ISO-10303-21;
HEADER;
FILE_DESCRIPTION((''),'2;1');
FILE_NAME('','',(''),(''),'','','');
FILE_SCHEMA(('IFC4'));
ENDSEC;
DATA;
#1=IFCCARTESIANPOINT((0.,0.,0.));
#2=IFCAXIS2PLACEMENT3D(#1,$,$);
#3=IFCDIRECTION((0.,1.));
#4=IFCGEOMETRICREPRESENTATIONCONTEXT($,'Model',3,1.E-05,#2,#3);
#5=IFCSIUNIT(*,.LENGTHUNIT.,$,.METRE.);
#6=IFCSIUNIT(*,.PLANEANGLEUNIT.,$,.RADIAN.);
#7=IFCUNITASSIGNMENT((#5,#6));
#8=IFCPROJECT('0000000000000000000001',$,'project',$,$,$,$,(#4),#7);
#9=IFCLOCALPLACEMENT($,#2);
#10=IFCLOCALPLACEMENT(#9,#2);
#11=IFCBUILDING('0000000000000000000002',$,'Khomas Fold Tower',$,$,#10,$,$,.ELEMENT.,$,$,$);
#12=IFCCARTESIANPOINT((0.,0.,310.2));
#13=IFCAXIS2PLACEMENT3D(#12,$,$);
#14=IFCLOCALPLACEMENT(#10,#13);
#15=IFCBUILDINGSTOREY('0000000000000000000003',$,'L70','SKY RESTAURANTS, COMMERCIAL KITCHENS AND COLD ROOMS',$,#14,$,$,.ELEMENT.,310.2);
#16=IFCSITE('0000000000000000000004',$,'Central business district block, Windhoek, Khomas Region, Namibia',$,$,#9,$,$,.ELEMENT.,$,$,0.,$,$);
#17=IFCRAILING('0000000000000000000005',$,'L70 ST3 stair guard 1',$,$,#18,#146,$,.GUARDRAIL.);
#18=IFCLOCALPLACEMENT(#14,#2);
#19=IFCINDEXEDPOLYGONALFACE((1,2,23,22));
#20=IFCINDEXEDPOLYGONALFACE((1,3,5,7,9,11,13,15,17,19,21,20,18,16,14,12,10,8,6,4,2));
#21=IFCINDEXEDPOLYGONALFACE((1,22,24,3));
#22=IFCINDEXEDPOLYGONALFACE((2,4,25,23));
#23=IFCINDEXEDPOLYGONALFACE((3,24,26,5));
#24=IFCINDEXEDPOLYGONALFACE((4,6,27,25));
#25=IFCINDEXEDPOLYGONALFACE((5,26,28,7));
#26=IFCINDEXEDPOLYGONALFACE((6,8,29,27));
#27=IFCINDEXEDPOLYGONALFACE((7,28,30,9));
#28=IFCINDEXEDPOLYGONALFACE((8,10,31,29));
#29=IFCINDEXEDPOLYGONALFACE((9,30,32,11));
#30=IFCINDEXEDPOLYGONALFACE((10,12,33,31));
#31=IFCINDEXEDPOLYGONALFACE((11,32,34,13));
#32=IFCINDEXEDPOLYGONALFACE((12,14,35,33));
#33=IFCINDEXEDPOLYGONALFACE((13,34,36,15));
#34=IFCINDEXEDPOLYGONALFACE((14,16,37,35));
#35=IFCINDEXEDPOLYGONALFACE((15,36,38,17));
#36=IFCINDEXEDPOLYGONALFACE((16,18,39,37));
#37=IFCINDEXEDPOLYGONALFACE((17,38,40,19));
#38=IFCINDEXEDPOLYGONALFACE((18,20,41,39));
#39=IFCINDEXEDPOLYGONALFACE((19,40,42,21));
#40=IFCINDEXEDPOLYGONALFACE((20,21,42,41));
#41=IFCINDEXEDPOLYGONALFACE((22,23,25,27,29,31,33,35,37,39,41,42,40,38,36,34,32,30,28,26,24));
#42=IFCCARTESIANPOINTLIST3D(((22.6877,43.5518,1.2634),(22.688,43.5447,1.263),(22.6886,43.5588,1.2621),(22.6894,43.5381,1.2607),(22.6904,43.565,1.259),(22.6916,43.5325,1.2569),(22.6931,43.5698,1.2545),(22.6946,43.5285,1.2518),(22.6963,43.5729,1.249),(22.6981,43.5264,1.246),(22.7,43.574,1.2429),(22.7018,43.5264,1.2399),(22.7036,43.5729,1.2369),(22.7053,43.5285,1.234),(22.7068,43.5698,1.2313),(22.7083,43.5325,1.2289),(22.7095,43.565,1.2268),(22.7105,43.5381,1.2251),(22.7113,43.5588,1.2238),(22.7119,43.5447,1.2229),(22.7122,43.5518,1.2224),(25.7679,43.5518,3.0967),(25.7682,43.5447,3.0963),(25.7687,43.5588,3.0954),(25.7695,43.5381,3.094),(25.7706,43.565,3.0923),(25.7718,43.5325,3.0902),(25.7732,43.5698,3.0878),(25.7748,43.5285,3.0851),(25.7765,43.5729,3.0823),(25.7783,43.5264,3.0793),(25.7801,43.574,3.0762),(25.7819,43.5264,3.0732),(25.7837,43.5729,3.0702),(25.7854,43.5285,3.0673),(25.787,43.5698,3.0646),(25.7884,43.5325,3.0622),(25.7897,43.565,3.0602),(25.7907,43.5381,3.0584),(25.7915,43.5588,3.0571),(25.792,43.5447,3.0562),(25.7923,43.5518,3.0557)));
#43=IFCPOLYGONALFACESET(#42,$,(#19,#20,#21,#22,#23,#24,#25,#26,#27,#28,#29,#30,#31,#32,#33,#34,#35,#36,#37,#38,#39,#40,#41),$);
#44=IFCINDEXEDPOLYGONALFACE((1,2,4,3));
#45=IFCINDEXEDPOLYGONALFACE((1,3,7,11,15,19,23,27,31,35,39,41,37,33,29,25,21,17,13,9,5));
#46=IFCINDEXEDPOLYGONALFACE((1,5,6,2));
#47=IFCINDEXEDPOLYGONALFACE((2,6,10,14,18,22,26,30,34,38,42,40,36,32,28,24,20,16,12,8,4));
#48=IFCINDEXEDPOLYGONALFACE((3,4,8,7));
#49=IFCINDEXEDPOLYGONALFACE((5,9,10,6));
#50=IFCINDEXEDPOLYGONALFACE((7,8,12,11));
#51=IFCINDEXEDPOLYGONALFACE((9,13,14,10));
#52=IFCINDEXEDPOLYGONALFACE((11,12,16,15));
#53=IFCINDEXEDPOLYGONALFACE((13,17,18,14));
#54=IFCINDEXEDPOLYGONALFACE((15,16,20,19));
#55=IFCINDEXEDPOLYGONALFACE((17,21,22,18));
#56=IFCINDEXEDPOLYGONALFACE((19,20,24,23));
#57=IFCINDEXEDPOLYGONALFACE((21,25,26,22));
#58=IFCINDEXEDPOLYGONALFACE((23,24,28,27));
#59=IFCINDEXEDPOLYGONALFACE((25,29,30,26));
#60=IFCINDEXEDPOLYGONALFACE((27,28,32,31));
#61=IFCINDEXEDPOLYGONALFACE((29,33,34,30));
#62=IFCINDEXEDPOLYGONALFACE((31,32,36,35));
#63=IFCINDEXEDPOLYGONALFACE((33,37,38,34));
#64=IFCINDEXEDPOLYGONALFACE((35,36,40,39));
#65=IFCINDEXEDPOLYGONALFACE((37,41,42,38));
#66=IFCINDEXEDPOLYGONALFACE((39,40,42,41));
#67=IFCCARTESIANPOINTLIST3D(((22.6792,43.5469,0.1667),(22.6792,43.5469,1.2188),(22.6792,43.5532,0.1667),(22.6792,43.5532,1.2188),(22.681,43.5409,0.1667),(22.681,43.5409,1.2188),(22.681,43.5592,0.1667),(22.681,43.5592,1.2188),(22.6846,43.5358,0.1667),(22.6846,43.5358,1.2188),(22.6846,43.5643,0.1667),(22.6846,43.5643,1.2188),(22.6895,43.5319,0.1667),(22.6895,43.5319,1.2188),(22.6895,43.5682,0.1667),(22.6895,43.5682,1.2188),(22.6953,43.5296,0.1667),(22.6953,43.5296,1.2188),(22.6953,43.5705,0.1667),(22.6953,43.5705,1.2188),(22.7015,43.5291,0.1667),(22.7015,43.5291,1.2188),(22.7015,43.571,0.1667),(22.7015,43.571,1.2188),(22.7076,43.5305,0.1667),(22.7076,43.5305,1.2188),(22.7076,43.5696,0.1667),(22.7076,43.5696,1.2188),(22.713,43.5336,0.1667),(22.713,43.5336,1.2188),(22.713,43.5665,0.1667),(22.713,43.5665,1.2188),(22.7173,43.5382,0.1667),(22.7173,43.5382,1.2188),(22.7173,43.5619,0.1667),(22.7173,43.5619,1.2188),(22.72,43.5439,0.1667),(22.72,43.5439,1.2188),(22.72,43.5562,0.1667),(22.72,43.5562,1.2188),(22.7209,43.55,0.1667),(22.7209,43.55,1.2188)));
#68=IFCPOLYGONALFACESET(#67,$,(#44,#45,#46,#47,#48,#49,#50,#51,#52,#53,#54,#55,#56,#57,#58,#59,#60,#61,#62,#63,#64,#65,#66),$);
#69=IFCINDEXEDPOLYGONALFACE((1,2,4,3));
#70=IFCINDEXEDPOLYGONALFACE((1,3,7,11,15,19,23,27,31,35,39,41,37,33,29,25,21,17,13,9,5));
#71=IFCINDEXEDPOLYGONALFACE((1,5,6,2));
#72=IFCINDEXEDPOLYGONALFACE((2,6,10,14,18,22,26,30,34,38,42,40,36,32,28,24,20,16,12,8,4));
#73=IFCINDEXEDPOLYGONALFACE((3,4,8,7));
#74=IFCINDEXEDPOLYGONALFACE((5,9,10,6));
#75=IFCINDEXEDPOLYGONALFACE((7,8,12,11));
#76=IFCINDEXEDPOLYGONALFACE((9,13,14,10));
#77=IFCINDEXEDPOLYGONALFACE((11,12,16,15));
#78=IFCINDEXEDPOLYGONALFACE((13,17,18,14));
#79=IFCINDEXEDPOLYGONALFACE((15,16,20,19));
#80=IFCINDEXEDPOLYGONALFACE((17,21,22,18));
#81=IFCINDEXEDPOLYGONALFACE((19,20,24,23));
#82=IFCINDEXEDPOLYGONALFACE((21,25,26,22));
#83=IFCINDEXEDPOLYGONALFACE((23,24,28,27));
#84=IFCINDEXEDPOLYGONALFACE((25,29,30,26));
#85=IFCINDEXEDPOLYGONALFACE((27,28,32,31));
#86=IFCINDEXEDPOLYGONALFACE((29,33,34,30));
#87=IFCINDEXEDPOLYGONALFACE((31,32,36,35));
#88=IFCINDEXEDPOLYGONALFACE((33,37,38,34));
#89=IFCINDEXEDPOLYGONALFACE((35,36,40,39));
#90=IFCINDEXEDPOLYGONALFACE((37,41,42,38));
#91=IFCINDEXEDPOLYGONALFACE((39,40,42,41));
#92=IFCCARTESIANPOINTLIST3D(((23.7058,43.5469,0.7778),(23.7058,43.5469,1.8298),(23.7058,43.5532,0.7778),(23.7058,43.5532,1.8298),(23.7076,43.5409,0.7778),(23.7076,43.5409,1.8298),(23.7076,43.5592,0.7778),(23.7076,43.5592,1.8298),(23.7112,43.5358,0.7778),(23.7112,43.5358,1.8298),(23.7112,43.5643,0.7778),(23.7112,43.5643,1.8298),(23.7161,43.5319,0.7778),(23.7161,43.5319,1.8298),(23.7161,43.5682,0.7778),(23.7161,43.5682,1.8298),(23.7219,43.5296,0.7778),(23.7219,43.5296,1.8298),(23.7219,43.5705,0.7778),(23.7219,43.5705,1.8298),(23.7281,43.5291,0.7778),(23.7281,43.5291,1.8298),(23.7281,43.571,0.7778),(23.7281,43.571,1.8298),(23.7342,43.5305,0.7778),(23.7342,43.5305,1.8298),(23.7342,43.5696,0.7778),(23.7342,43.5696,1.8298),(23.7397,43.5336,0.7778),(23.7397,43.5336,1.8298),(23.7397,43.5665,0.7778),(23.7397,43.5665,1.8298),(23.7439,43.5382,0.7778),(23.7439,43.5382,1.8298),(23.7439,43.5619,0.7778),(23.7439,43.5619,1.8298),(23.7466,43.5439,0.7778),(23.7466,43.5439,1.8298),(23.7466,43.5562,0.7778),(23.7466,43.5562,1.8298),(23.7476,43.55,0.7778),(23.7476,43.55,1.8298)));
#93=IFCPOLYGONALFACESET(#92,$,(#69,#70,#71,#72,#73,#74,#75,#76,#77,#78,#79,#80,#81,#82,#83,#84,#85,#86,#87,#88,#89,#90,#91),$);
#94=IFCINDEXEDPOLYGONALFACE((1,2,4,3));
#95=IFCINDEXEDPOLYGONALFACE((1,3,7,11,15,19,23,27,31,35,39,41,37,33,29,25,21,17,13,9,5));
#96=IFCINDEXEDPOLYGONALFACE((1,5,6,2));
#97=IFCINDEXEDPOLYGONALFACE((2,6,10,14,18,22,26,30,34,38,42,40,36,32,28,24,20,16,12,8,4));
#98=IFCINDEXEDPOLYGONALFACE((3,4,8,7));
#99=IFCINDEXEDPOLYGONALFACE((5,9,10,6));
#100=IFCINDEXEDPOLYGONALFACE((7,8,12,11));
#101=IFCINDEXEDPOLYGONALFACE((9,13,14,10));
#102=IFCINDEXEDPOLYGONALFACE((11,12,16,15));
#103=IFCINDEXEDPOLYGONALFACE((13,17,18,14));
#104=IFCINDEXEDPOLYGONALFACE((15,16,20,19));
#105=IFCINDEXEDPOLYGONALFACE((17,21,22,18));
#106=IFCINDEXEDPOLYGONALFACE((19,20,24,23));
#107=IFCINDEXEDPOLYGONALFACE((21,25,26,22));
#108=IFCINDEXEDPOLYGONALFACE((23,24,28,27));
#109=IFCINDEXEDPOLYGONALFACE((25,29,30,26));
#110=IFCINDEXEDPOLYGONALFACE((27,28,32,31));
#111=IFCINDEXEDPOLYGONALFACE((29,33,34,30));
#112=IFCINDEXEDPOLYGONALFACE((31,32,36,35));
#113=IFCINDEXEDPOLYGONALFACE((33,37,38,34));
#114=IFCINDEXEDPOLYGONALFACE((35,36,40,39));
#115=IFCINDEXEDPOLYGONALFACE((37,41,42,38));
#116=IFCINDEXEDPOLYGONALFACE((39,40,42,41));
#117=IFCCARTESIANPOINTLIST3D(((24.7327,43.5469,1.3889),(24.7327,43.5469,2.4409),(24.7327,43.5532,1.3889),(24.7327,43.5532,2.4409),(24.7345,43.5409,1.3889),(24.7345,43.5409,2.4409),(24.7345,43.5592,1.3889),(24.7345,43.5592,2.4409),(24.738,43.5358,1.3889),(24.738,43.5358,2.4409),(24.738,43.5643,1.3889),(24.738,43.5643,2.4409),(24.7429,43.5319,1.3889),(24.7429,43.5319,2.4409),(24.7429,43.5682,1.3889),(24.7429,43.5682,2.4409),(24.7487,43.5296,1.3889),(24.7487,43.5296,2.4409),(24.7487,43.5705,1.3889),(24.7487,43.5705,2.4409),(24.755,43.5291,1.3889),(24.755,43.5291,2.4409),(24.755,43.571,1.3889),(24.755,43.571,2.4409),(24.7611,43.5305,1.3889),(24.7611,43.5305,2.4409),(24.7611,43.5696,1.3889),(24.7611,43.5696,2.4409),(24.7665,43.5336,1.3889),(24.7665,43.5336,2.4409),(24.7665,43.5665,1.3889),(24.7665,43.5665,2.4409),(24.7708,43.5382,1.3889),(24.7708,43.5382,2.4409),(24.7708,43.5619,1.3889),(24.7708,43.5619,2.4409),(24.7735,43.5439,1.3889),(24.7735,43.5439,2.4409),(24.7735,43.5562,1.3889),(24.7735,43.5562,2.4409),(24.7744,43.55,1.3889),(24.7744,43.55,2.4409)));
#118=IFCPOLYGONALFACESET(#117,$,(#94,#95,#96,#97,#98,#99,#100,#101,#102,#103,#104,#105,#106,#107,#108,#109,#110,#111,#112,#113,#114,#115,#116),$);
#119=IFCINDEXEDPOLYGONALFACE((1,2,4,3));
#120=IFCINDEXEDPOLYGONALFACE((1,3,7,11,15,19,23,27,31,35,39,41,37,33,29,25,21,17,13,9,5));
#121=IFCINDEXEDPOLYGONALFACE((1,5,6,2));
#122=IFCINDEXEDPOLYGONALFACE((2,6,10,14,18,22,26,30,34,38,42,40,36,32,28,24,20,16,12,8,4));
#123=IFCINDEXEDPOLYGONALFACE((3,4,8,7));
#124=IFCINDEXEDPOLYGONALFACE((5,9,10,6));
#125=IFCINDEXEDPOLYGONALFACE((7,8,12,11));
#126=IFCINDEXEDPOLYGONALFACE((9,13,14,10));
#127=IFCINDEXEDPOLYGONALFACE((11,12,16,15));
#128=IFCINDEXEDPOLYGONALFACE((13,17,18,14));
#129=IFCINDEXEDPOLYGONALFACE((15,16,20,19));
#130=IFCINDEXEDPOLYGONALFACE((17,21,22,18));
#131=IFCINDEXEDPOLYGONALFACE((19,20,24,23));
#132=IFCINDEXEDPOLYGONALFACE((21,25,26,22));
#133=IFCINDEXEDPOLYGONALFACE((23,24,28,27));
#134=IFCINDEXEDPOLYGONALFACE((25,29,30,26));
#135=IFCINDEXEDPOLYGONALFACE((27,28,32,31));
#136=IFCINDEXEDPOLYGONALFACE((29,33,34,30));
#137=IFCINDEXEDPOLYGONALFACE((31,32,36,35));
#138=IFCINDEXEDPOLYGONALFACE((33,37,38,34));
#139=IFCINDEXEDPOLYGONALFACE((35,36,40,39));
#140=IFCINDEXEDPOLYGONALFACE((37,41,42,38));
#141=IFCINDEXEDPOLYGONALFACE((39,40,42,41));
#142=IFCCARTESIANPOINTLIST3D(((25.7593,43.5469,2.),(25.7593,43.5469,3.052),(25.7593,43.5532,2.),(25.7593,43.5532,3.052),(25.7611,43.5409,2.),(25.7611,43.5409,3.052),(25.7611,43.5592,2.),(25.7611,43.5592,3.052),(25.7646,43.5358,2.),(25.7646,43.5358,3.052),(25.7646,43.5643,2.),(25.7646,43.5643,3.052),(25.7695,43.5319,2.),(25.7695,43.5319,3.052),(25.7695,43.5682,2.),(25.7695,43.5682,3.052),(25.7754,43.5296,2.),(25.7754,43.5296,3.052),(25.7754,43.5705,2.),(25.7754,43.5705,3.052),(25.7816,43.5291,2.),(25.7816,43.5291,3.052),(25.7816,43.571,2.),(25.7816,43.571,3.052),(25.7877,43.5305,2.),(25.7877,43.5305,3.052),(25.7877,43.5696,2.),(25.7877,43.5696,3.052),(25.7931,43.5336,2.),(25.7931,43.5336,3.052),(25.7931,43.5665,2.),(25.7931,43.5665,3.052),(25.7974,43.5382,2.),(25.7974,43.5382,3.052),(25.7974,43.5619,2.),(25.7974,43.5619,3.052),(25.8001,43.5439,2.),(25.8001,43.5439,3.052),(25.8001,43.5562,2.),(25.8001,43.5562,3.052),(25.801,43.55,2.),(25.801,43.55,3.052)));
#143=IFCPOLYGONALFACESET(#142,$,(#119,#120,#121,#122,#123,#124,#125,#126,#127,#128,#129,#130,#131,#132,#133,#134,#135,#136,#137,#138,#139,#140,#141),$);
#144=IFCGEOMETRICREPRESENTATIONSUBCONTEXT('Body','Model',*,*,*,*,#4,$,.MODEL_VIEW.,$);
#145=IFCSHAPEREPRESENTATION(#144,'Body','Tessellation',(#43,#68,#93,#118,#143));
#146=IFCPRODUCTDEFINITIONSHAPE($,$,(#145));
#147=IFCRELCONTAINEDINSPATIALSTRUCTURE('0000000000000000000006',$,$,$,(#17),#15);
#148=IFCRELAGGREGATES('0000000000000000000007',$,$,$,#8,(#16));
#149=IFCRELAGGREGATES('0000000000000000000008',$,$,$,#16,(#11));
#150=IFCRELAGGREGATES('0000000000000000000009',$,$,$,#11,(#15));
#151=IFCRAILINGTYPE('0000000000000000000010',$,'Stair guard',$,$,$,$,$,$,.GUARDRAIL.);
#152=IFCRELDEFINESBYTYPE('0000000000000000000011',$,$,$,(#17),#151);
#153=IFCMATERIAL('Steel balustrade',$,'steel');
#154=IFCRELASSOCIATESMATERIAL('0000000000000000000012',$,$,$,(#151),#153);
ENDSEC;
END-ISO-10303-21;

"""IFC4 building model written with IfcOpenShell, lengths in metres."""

from ifc_helpers import new_model, si_unit, direction, frame, origin, origin_2d, place, context, subcontext, project, spatial, circle, extrude, source, transform, mapped, material, type_object, element, save


model = new_model("IFC4")

# Units and contexts
model_context = context("Model", 3, precision=1e-05, world=origin(), true_north=direction((0.0, 1.0)))
body_context = subcontext(model_context, "Body", "Model", "MODEL_VIEW")
ifc_project = project(units=[si_unit("LENGTHUNIT", "METRE"), si_unit("PLANEANGLEUNIT", "RADIAN")], contexts=[model_context])

# Site, building, storey
site_placement = place(None, origin())
site = spatial("IfcSite", under=ifc_project, at=site_placement, Name="Central business district block, Windhoek, Khomas Region, Namibia", CompositionType="ELEMENT", RefElevation=0.0)
building_placement = place(site_placement, origin())
building = spatial("IfcBuilding", under=site, at=building_placement, Name="Khomas Fold Tower", CompositionType="ELEMENT")
storey_placement = place(building_placement, frame((0.0, 0.0, 310.2)))
storey = spatial("IfcBuildingStorey", under=building, at=storey_placement, Name="L70", Description="SKY RESTAURANTS, COMMERCIAL KITCHENS AND COLD ROOMS", CompositionType="ELEMENT", Elevation=310.2)

# Railing
ifc_material_1 = material(Name="Steel balustrade", Category="steel")
railing_type_1 = type_object("IfcRailingType", Name="Stair guard", PredefinedType="GUARDRAIL", material=ifc_material_1)
shared_shape_1 = source(origin(), body_context, "Body", "SweptSolid", [
    extrude(circle(Radius=0.0239, at=origin_2d()), frame((0.0, 0.0, 1.0762), z_axis=(0.859309, 0.0, 0.511458), x_axis=(0.0, 1.0, 0.0)), (0.0, 0.0, 1.0), 3.5845),
    extrude(circle(Radius=0.021, at=origin_2d()), origin(), (0.0, 0.0, 1.0), 1.052),
    extrude(circle(Radius=0.021, at=origin_2d()), frame((1.0266, 0.0, 0.6111)), (0.0, 0.0, 1.0), 1.052),
    extrude(circle(Radius=0.021, at=origin_2d()), frame((2.0535, 0.0, 1.2222)), (0.0, 0.0, 1.0), 1.052),
    extrude(circle(Radius=0.021, at=origin_2d()), frame((3.0801, 0.0, 1.8333)), (0.0, 0.0, 1.0), 1.052),
])
railing_1_placement = place(storey_placement, frame((22.7, 43.55, 0.1667)))
element("IfcRailing", 1, at=railing_1_placement, inside=storey, type_object=railing_type_1, Name="L70 ST3 stair guard 1", PredefinedType="GUARDRAIL", context=body_context, shape_type="MappedRepresentation", body=[
    mapped(shared_shape_1, transform((0.0, 0.0, 0.0))),
])

save(model, "model.ifc")
